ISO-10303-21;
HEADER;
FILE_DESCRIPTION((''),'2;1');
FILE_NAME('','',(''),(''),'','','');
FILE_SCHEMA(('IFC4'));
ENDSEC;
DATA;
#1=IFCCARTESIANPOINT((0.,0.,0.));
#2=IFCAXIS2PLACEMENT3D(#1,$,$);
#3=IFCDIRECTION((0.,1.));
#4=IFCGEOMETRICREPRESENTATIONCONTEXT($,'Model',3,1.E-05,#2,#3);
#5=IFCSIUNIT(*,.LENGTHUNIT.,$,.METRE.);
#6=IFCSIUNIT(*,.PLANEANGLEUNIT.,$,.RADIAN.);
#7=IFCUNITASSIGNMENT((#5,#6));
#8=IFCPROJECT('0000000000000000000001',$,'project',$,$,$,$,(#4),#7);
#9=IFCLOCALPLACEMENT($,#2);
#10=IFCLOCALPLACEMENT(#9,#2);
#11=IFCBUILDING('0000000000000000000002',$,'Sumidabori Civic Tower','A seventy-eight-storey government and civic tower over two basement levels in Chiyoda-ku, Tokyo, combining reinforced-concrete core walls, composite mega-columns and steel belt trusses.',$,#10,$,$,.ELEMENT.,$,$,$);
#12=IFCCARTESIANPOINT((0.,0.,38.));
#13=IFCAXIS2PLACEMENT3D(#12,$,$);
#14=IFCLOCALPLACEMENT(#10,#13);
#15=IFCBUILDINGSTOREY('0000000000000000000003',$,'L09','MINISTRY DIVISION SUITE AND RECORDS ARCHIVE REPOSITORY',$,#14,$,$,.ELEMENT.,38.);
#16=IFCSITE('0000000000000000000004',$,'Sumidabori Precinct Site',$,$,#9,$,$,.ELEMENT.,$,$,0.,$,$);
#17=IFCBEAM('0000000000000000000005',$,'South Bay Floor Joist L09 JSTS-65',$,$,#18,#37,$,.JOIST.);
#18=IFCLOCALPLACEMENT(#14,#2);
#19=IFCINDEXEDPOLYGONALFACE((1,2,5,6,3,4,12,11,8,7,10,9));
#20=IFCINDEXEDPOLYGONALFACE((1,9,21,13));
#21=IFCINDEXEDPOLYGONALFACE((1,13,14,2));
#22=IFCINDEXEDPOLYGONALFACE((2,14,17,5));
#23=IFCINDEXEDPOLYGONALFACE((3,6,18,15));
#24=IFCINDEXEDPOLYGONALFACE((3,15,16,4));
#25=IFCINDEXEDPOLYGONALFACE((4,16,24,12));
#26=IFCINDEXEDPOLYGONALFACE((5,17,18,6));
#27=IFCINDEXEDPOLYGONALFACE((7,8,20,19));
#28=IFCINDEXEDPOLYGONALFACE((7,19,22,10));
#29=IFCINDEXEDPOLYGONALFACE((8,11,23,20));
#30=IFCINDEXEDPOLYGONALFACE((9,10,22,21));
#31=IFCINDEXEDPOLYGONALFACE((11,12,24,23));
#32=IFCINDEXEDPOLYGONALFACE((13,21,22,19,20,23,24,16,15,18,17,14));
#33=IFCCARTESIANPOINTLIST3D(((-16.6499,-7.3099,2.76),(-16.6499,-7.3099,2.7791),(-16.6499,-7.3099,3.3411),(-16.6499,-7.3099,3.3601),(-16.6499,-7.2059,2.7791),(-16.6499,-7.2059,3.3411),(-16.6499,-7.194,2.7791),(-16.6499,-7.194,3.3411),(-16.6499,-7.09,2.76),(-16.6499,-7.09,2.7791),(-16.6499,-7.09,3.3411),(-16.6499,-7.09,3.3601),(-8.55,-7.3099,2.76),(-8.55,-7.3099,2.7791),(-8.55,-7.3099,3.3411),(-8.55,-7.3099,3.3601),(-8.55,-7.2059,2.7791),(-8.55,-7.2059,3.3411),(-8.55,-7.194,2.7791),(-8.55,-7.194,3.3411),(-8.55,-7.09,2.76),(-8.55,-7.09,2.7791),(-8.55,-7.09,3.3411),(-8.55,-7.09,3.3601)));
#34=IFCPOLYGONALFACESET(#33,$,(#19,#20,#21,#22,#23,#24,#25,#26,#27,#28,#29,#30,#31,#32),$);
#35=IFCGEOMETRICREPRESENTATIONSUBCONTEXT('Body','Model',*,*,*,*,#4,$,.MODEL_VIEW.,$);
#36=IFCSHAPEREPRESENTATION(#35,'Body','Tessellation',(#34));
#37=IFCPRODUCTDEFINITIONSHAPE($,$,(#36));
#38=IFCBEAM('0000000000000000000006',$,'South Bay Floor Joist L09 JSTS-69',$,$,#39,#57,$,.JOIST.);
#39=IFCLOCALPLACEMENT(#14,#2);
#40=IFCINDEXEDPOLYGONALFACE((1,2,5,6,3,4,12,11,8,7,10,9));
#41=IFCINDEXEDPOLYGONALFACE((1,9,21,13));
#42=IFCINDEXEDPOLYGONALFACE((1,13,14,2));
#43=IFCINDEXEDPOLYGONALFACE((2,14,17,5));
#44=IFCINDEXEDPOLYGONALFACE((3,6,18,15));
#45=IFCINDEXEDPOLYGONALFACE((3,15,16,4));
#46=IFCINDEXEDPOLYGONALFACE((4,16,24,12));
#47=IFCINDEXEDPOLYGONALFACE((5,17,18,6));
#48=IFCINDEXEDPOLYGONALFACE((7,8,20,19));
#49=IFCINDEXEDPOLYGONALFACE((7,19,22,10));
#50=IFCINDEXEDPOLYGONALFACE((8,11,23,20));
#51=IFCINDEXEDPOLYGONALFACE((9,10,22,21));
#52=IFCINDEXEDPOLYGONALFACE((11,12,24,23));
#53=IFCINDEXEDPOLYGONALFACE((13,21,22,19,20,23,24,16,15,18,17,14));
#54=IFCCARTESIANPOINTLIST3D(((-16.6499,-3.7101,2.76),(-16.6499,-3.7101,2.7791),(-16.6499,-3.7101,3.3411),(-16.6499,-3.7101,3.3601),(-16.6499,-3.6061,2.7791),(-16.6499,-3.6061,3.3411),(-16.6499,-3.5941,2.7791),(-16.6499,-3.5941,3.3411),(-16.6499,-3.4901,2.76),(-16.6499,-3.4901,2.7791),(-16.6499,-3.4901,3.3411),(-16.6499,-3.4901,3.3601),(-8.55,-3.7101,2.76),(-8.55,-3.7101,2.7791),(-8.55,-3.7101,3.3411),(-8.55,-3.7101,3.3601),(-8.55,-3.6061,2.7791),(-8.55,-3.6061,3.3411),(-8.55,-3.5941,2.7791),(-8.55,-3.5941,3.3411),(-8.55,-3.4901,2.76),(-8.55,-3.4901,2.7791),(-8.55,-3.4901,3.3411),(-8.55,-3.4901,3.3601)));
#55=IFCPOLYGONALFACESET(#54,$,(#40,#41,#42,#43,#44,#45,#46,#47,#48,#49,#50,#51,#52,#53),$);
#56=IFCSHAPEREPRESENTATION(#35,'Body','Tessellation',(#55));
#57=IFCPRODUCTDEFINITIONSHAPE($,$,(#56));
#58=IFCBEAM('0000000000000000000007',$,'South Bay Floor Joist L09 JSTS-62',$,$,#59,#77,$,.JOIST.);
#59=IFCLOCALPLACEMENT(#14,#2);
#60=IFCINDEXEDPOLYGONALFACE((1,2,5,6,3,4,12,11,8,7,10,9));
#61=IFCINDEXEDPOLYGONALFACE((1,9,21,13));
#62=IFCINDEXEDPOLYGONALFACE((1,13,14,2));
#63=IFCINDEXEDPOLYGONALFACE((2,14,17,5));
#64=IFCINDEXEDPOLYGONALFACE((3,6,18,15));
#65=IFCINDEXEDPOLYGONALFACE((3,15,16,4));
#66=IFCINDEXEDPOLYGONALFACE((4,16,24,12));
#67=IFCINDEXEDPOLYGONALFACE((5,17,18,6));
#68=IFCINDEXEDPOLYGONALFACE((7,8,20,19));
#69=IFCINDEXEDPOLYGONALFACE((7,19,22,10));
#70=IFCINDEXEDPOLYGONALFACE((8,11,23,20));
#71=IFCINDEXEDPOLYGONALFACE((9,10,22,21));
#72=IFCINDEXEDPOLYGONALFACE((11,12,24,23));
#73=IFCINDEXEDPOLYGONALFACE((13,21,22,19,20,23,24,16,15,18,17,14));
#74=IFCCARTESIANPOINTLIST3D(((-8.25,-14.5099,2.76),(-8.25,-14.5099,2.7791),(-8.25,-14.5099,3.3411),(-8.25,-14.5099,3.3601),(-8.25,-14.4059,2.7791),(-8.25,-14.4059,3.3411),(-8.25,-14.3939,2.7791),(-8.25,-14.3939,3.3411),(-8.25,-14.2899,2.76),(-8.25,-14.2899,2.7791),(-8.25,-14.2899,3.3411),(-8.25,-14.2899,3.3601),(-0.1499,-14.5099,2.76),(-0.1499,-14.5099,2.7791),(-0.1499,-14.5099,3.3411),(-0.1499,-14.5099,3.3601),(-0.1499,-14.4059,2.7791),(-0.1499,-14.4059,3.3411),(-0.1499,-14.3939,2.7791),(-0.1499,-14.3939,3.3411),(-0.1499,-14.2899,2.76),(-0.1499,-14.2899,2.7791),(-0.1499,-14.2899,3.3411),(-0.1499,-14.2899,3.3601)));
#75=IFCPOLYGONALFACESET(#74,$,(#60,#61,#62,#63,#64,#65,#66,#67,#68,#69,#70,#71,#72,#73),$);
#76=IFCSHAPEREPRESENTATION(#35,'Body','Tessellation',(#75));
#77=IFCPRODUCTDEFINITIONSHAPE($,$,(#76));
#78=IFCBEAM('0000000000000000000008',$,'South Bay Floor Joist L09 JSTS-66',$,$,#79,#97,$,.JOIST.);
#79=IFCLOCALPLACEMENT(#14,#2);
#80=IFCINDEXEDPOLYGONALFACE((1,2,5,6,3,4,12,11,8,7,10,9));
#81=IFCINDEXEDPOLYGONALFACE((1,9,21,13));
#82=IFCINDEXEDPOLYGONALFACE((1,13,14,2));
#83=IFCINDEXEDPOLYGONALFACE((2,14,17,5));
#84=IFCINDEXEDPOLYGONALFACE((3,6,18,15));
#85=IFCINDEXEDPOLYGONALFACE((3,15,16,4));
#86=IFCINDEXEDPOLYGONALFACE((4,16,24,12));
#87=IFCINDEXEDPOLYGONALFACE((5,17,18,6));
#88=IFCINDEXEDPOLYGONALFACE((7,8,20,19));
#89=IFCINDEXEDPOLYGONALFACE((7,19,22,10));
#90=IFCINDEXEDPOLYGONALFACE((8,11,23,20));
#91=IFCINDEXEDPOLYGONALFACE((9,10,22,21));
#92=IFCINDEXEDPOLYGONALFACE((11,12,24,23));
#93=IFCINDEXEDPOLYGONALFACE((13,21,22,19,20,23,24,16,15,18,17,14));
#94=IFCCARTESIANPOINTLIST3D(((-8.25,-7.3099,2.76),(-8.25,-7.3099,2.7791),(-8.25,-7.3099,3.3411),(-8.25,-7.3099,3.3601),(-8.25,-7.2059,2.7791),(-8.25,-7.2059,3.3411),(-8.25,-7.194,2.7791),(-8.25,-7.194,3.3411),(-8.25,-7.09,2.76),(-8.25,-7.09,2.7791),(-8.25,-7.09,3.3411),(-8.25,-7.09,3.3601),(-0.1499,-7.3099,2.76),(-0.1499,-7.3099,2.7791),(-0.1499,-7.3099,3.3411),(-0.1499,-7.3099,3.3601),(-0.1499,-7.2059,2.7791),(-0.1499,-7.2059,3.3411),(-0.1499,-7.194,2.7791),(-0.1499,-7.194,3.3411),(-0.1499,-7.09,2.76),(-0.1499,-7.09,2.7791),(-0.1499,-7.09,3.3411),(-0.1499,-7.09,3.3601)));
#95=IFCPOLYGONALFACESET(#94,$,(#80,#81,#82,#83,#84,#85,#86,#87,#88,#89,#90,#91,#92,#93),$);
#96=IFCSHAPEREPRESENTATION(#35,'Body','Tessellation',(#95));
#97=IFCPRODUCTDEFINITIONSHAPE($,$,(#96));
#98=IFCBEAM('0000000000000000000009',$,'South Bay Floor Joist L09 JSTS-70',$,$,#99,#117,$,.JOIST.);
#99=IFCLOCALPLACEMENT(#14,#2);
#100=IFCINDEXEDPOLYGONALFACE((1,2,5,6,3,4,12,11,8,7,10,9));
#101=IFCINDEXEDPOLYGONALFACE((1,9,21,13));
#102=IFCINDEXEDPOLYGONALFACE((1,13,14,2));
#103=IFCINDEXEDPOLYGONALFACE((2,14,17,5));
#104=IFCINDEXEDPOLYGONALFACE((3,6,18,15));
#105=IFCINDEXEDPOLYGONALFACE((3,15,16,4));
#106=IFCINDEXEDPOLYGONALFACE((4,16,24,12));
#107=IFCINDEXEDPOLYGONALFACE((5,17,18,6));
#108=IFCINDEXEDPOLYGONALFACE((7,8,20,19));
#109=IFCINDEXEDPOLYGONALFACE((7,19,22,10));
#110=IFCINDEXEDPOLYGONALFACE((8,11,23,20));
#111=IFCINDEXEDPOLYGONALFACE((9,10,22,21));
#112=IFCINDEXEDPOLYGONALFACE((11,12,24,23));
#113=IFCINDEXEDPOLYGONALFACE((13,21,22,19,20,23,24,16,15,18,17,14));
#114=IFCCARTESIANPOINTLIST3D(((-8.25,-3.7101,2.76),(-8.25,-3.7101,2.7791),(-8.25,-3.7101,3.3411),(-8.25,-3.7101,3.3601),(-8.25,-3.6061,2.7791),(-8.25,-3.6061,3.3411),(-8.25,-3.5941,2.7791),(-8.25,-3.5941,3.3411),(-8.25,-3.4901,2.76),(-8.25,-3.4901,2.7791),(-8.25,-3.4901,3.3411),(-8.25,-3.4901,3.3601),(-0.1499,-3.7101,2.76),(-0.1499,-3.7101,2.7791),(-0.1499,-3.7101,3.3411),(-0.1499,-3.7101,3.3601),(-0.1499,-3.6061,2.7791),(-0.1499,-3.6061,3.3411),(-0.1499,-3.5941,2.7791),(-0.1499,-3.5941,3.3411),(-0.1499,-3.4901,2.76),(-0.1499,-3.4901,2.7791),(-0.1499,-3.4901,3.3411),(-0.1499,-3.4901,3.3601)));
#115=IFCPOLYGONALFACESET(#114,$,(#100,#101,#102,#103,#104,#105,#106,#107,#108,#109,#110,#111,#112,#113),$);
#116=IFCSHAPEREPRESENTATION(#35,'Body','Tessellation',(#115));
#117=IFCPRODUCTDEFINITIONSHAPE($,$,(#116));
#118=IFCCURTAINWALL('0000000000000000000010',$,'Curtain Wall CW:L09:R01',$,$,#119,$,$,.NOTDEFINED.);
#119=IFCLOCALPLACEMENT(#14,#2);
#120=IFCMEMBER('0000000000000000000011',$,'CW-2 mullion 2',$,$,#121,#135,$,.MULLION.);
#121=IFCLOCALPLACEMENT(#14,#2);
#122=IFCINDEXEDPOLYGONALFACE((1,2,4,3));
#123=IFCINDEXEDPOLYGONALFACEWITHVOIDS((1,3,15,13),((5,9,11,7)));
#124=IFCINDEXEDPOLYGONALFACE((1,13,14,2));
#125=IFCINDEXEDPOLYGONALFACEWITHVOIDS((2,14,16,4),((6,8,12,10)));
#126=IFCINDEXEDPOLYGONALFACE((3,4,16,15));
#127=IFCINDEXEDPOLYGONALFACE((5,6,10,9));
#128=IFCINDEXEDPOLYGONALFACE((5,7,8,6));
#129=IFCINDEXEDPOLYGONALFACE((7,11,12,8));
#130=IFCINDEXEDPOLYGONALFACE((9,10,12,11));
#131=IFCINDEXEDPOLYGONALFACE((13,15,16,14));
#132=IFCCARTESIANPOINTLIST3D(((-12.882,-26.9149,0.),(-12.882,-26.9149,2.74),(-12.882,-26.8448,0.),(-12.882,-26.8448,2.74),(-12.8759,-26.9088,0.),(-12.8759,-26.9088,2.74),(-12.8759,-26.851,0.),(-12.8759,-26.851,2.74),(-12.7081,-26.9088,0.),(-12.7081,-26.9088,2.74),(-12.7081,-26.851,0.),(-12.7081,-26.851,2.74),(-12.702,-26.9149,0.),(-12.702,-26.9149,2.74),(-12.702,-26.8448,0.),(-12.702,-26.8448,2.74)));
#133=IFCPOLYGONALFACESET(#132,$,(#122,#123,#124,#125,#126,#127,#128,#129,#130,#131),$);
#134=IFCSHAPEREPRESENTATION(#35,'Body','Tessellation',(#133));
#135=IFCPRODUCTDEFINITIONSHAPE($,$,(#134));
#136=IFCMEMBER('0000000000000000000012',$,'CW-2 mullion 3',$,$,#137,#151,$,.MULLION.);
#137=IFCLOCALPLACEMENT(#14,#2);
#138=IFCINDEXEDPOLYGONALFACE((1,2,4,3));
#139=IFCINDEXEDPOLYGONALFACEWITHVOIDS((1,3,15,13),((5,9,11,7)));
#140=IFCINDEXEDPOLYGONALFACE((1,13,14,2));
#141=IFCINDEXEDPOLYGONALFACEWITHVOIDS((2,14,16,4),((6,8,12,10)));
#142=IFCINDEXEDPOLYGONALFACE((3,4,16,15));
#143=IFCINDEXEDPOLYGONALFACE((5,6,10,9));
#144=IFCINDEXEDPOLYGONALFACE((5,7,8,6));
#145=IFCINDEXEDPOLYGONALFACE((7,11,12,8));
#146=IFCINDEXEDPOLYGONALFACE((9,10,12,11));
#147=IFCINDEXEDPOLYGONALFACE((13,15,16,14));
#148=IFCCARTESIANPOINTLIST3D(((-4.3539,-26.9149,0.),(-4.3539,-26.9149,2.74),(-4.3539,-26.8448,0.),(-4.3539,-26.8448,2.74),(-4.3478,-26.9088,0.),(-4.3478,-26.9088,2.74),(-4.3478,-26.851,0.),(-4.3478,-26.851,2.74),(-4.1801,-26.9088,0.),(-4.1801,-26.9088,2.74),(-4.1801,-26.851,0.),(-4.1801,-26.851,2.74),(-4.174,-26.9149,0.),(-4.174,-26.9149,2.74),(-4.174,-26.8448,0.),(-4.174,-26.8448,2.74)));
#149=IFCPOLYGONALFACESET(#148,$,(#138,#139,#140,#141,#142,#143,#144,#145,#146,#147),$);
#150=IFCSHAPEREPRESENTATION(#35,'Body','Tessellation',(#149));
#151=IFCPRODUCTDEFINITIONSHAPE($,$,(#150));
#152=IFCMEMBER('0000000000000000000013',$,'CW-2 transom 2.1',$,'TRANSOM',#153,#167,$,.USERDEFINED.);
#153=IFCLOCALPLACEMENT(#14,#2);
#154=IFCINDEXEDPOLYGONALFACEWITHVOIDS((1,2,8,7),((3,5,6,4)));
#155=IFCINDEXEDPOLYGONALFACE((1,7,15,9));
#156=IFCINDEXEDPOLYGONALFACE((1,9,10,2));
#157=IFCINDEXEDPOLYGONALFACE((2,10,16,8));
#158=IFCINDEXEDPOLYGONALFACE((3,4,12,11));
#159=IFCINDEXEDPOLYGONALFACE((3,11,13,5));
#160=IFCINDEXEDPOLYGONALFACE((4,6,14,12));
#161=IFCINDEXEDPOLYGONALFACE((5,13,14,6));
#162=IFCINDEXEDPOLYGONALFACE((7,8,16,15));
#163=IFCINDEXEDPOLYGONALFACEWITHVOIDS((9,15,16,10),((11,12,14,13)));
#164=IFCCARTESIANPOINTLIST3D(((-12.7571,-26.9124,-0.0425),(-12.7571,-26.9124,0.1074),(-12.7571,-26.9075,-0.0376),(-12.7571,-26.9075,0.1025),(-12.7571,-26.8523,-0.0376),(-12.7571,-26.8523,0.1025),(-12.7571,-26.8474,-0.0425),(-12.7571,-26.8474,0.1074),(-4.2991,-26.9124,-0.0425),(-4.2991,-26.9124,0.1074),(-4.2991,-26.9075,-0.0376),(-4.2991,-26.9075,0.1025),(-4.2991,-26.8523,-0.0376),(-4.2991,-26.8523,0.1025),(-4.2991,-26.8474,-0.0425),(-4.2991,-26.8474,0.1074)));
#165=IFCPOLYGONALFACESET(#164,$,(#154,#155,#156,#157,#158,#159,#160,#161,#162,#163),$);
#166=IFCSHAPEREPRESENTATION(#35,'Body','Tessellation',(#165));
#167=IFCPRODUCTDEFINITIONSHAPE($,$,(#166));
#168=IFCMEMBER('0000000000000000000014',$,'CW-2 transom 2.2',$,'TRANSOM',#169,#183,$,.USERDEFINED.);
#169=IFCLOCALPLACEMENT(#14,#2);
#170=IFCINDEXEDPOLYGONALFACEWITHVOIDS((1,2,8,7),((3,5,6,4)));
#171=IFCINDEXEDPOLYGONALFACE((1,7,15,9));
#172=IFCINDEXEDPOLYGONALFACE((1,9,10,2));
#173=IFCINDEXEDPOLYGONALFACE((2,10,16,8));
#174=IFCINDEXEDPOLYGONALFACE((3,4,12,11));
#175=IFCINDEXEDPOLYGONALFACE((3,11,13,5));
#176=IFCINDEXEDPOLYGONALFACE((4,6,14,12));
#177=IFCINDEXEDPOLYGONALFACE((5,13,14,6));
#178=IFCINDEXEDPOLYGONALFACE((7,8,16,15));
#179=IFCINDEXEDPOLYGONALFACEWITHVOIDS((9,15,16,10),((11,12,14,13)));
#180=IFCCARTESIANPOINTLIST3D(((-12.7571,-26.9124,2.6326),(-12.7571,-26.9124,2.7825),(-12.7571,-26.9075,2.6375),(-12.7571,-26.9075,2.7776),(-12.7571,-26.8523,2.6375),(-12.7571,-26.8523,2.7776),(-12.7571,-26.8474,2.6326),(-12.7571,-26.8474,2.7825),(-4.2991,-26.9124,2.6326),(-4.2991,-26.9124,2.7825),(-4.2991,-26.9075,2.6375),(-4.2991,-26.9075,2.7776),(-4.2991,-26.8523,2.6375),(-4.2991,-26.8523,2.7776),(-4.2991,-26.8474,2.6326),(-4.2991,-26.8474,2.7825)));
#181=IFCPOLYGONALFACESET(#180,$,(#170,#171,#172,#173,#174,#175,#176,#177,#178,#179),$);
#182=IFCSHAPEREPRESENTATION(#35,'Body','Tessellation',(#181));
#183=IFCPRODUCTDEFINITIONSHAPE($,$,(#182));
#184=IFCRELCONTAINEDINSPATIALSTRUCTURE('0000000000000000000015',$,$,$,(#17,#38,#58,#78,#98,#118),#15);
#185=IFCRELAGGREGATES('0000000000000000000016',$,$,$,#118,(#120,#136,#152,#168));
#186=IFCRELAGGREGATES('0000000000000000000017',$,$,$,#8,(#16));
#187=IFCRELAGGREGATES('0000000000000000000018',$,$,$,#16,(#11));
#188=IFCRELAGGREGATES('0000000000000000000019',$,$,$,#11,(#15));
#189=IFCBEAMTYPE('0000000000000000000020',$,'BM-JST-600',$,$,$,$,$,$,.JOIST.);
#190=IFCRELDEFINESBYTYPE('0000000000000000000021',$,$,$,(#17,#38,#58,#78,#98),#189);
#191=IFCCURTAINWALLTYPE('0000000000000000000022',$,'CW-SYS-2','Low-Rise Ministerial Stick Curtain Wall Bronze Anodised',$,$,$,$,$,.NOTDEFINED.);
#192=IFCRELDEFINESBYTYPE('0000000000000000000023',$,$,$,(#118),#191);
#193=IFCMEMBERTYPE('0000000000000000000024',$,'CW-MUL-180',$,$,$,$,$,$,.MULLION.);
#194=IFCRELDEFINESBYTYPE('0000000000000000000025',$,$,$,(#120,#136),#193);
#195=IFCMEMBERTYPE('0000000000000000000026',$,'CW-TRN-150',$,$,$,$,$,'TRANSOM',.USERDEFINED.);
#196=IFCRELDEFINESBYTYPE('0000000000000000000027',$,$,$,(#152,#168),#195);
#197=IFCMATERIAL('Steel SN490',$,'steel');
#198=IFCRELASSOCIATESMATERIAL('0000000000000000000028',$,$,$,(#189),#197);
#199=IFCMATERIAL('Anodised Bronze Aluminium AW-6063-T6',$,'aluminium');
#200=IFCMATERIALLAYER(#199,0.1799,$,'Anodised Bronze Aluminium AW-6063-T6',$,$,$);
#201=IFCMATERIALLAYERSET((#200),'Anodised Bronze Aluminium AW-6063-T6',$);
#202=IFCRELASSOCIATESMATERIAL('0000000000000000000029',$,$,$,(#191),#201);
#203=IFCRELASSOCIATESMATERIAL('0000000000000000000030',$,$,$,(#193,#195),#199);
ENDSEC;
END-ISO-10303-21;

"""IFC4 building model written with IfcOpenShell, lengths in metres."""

from ifc_helpers import new_model, si_unit, direction, frame, origin, origin_2d, place, context, subcontext, project, spatial, hollow_rectangle, i_section, extrude, source, transform, mapped, material, layer, layer_set, material_profile, profile_set, type_object, element, aggregate, save


model = new_model("IFC4")

# Units and contexts
model_context = context("Model", 3, precision=1e-05, world=origin(), true_north=direction((0.0, 1.0)))
body_context = subcontext(model_context, "Body", "Model", "MODEL_VIEW")
ifc_project = project(units=[si_unit("LENGTHUNIT", "METRE"), si_unit("PLANEANGLEUNIT", "RADIAN")], contexts=[model_context])

# Site, building, storey
site_placement = place(None, origin())
site = spatial("IfcSite", under=ifc_project, at=site_placement, Name="Sumidabori Precinct Site", CompositionType="ELEMENT", RefElevation=0.0)
building_placement = place(site_placement, origin())
building = spatial("IfcBuilding", under=site, at=building_placement, Name="Sumidabori Civic Tower", Description="A seventy-eight-storey government and civic tower over two basement levels in Chiyoda-ku, Tokyo, combining reinforced-concrete core walls, composite mega-columns and steel belt trusses.", CompositionType="ELEMENT")
storey_placement = place(building_placement, frame((0.0, 0.0, 38.0)))
storey = spatial("IfcBuildingStorey", under=building, at=storey_placement, Name="L09", Description="MINISTRY DIVISION SUITE AND RECORDS ARCHIVE REPOSITORY", CompositionType="ELEMENT", Elevation=38.0)

# Beams
ifc_material_1 = material(Name="Steel SN490", Category="steel")
ifc_material_profile_1 = material_profile(ifc_material_1, i_section(OverallWidth=0.22, OverallDepth=0.6001, WebThickness=0.012, FlangeThickness=0.019, at=origin_2d()), Name="IPE 600")
ifc_profile_set_1 = profile_set([ifc_material_profile_1], Name="Steel SN490")
beam_type_1 = type_object("IfcBeamType", Name="BM-JST-600", PredefinedType="JOIST", material=ifc_profile_set_1)
shared_shape_1 = source(origin(), body_context, "Body", "SweptSolid", [
    extrude(i_section(OverallWidth=0.22, OverallDepth=0.6001, WebThickness=0.012, FlangeThickness=0.019, at=origin_2d()), origin(), (0.0, 0.0, 1.0), 8.0999),
])
for number, where, z_axis, x_axis, name in (
    (1, (-16.6499, -7.2, 3.0601), (1.0, 0.0, 0.0), (0.0, 1.0, 0.0), "South Bay Floor Joist L09 JSTS-65"),
    (2, (-16.6499, -3.6001, 3.0601), (1.0, 0.0, 0.0), (0.0, 1.0, 0.0), "South Bay Floor Joist L09 JSTS-69"),
):
    element("IfcBeam", number, at=place(storey_placement, frame(where, z_axis=z_axis, x_axis=x_axis)), inside=storey, type_object=beam_type_1, Name=name, PredefinedType="JOIST", context=body_context, shape_type="MappedRepresentation", body=[
        mapped(shared_shape_1, transform((0.0, 0.0, 0.0), x_axis=(1.0, 0.0, 0.0), y_axis=(0.0, 1.0, 0.0), z_axis=(0.0, 0.0, 1.0), scale=1.0)),
    ])
shared_shape_2 = source(origin(), body_context, "Body", "SweptSolid", [
    extrude(i_section(OverallWidth=0.22, OverallDepth=0.6001, WebThickness=0.012, FlangeThickness=0.019, at=origin_2d()), origin(), (0.0, 0.0, 1.0), 8.1001),
])
for number, where, z_axis, x_axis, name in (
    (3, (-8.25, -14.3999, 3.0601), (1.0, 0.0, 0.0), (0.0, 1.0, 0.0), "South Bay Floor Joist L09 JSTS-62"),
    (4, (-8.25, -7.2, 3.0601), (1.0, 0.0, 0.0), (0.0, 1.0, 0.0), "South Bay Floor Joist L09 JSTS-66"),
    (5, (-8.25, -3.6001, 3.0601), (1.0, 0.0, 0.0), (0.0, 1.0, 0.0), "South Bay Floor Joist L09 JSTS-70"),
):
    element("IfcBeam", number, at=place(storey_placement, frame(where, z_axis=z_axis, x_axis=x_axis)), inside=storey, type_object=beam_type_1, Name=name, PredefinedType="JOIST", context=body_context, shape_type="MappedRepresentation", body=[
        mapped(shared_shape_2, transform((0.0, 0.0, 0.0), x_axis=(1.0, 0.0, 0.0), y_axis=(0.0, 1.0, 0.0), z_axis=(0.0, 0.0, 1.0), scale=1.0)),
    ])

# Curtain wall, members
ifc_material_2 = material(Name="Anodised Bronze Aluminium AW-6063-T6", Category="aluminium")
ifc_layer_1 = layer(ifc_material_2, 0.1799, Name="Anodised Bronze Aluminium AW-6063-T6")
ifc_layer_set_1 = layer_set([ifc_layer_1], Name="Anodised Bronze Aluminium AW-6063-T6")
curtain_wall_type = type_object("IfcCurtainWallType", Name="CW-SYS-2", Description="Low-Rise Ministerial Stick Curtain Wall Bronze Anodised", PredefinedType="NOTDEFINED", material=ifc_layer_set_1)
curtain_wall_placement = place(storey_placement, origin())
curtain_wall = element("IfcCurtainWall", 6, at=curtain_wall_placement, inside=storey, type_object=curtain_wall_type, Name="Curtain Wall CW:L09:R01", PredefinedType="NOTDEFINED")
ifc_material_profile_2 = material_profile(ifc_material_2, hollow_rectangle(XDim=0.0701, YDim=0.1799, WallThickness=0.0061, at=origin_2d()), Name="ALU MULLION 180x70")
ifc_profile_set_2 = profile_set([ifc_material_profile_2], Name="Anodised Bronze Aluminium AW-6063-T6")
member_type_1 = type_object("IfcMemberType", Name="CW-MUL-180", PredefinedType="MULLION", material=ifc_profile_set_2)
shared_shape_3 = source(origin(), body_context, "Body", "SweptSolid", [
    extrude(hollow_rectangle(XDim=0.0701, YDim=0.1799, WallThickness=0.0061, at=origin_2d()), origin(), (0.0, 0.0, 1.0), 2.74),
])
member_1_placement = place(storey_placement, frame((-12.792, -26.8799, 0.0), z_axis=(0.0, 0.0, 1.0), x_axis=(0.0, 1.0, 0.0)))
member_1 = element("IfcMember", 7, at=member_1_placement, type_object=member_type_1, Name="CW-2 mullion 2", PredefinedType="MULLION", context=body_context, shape_type="MappedRepresentation", body=[
    mapped(shared_shape_3, transform((0.0, 0.0, 0.0), x_axis=(1.0, 0.0, 0.0), y_axis=(0.0, 1.0, 0.0), z_axis=(0.0, 0.0, 1.0), scale=1.0)),
])
member_2_placement = place(storey_placement, frame((-4.2639, -26.8799, 0.0), z_axis=(0.0, 0.0, 1.0), x_axis=(0.0, 1.0, 0.0)))
member_2 = element("IfcMember", 8, at=member_2_placement, type_object=member_type_1, Name="CW-2 mullion 3", PredefinedType="MULLION", context=body_context, shape_type="MappedRepresentation", body=[
    mapped(shared_shape_3, transform((0.0, 0.0, 0.0), x_axis=(1.0, 0.0, 0.0), y_axis=(0.0, 1.0, 0.0), z_axis=(0.0, 0.0, 1.0), scale=1.0)),
])
ifc_material_profile_3 = material_profile(ifc_material_2, hollow_rectangle(XDim=0.0649, YDim=0.1499, WallThickness=0.0049, at=origin_2d()), Name="ALU TRANSOM 150x65")
ifc_profile_set_3 = profile_set([ifc_material_profile_3], Name="Anodised Bronze Aluminium AW-6063-T6")
member_type_2 = type_object("IfcMemberType", Name="CW-TRN-150", ElementType="TRANSOM", PredefinedType="USERDEFINED", material=ifc_profile_set_3)
shared_shape_4 = source(origin(), body_context, "Body", "SweptSolid", [
    extrude(hollow_rectangle(XDim=0.0649, YDim=0.1499, WallThickness=0.0049, at=origin_2d()), origin(), (0.0, 0.0, 1.0), 8.458),
])
member_3_placement = place(storey_placement, frame((-12.7571, -26.8799, 0.0325), z_axis=(1.0, 0.0, 0.0), x_axis=(0.0, 1.0, 0.0)))
member_3 = element("IfcMember", 9, at=member_3_placement, type_object=member_type_2, Name="CW-2 transom 2.1", ObjectType="TRANSOM", PredefinedType="USERDEFINED", context=body_context, shape_type="MappedRepresentation", body=[
    mapped(shared_shape_4, transform((0.0, 0.0, 0.0), x_axis=(1.0, 0.0, 0.0), y_axis=(0.0, 1.0, 0.0), z_axis=(0.0, 0.0, 1.0), scale=1.0)),
])
member_4_placement = place(storey_placement, frame((-12.7571, -26.8799, 2.7075), z_axis=(1.0, 0.0, 0.0), x_axis=(0.0, 1.0, 0.0)))
member_4 = element("IfcMember", 10, at=member_4_placement, type_object=member_type_2, Name="CW-2 transom 2.2", ObjectType="TRANSOM", PredefinedType="USERDEFINED", context=body_context, shape_type="MappedRepresentation", body=[
    mapped(shared_shape_4, transform((0.0, 0.0, 0.0), x_axis=(1.0, 0.0, 0.0), y_axis=(0.0, 1.0, 0.0), z_axis=(0.0, 0.0, 1.0), scale=1.0)),
])
aggregate(curtain_wall, [member_1, member_2, member_3, member_4])

save(model, "model.ifc")
